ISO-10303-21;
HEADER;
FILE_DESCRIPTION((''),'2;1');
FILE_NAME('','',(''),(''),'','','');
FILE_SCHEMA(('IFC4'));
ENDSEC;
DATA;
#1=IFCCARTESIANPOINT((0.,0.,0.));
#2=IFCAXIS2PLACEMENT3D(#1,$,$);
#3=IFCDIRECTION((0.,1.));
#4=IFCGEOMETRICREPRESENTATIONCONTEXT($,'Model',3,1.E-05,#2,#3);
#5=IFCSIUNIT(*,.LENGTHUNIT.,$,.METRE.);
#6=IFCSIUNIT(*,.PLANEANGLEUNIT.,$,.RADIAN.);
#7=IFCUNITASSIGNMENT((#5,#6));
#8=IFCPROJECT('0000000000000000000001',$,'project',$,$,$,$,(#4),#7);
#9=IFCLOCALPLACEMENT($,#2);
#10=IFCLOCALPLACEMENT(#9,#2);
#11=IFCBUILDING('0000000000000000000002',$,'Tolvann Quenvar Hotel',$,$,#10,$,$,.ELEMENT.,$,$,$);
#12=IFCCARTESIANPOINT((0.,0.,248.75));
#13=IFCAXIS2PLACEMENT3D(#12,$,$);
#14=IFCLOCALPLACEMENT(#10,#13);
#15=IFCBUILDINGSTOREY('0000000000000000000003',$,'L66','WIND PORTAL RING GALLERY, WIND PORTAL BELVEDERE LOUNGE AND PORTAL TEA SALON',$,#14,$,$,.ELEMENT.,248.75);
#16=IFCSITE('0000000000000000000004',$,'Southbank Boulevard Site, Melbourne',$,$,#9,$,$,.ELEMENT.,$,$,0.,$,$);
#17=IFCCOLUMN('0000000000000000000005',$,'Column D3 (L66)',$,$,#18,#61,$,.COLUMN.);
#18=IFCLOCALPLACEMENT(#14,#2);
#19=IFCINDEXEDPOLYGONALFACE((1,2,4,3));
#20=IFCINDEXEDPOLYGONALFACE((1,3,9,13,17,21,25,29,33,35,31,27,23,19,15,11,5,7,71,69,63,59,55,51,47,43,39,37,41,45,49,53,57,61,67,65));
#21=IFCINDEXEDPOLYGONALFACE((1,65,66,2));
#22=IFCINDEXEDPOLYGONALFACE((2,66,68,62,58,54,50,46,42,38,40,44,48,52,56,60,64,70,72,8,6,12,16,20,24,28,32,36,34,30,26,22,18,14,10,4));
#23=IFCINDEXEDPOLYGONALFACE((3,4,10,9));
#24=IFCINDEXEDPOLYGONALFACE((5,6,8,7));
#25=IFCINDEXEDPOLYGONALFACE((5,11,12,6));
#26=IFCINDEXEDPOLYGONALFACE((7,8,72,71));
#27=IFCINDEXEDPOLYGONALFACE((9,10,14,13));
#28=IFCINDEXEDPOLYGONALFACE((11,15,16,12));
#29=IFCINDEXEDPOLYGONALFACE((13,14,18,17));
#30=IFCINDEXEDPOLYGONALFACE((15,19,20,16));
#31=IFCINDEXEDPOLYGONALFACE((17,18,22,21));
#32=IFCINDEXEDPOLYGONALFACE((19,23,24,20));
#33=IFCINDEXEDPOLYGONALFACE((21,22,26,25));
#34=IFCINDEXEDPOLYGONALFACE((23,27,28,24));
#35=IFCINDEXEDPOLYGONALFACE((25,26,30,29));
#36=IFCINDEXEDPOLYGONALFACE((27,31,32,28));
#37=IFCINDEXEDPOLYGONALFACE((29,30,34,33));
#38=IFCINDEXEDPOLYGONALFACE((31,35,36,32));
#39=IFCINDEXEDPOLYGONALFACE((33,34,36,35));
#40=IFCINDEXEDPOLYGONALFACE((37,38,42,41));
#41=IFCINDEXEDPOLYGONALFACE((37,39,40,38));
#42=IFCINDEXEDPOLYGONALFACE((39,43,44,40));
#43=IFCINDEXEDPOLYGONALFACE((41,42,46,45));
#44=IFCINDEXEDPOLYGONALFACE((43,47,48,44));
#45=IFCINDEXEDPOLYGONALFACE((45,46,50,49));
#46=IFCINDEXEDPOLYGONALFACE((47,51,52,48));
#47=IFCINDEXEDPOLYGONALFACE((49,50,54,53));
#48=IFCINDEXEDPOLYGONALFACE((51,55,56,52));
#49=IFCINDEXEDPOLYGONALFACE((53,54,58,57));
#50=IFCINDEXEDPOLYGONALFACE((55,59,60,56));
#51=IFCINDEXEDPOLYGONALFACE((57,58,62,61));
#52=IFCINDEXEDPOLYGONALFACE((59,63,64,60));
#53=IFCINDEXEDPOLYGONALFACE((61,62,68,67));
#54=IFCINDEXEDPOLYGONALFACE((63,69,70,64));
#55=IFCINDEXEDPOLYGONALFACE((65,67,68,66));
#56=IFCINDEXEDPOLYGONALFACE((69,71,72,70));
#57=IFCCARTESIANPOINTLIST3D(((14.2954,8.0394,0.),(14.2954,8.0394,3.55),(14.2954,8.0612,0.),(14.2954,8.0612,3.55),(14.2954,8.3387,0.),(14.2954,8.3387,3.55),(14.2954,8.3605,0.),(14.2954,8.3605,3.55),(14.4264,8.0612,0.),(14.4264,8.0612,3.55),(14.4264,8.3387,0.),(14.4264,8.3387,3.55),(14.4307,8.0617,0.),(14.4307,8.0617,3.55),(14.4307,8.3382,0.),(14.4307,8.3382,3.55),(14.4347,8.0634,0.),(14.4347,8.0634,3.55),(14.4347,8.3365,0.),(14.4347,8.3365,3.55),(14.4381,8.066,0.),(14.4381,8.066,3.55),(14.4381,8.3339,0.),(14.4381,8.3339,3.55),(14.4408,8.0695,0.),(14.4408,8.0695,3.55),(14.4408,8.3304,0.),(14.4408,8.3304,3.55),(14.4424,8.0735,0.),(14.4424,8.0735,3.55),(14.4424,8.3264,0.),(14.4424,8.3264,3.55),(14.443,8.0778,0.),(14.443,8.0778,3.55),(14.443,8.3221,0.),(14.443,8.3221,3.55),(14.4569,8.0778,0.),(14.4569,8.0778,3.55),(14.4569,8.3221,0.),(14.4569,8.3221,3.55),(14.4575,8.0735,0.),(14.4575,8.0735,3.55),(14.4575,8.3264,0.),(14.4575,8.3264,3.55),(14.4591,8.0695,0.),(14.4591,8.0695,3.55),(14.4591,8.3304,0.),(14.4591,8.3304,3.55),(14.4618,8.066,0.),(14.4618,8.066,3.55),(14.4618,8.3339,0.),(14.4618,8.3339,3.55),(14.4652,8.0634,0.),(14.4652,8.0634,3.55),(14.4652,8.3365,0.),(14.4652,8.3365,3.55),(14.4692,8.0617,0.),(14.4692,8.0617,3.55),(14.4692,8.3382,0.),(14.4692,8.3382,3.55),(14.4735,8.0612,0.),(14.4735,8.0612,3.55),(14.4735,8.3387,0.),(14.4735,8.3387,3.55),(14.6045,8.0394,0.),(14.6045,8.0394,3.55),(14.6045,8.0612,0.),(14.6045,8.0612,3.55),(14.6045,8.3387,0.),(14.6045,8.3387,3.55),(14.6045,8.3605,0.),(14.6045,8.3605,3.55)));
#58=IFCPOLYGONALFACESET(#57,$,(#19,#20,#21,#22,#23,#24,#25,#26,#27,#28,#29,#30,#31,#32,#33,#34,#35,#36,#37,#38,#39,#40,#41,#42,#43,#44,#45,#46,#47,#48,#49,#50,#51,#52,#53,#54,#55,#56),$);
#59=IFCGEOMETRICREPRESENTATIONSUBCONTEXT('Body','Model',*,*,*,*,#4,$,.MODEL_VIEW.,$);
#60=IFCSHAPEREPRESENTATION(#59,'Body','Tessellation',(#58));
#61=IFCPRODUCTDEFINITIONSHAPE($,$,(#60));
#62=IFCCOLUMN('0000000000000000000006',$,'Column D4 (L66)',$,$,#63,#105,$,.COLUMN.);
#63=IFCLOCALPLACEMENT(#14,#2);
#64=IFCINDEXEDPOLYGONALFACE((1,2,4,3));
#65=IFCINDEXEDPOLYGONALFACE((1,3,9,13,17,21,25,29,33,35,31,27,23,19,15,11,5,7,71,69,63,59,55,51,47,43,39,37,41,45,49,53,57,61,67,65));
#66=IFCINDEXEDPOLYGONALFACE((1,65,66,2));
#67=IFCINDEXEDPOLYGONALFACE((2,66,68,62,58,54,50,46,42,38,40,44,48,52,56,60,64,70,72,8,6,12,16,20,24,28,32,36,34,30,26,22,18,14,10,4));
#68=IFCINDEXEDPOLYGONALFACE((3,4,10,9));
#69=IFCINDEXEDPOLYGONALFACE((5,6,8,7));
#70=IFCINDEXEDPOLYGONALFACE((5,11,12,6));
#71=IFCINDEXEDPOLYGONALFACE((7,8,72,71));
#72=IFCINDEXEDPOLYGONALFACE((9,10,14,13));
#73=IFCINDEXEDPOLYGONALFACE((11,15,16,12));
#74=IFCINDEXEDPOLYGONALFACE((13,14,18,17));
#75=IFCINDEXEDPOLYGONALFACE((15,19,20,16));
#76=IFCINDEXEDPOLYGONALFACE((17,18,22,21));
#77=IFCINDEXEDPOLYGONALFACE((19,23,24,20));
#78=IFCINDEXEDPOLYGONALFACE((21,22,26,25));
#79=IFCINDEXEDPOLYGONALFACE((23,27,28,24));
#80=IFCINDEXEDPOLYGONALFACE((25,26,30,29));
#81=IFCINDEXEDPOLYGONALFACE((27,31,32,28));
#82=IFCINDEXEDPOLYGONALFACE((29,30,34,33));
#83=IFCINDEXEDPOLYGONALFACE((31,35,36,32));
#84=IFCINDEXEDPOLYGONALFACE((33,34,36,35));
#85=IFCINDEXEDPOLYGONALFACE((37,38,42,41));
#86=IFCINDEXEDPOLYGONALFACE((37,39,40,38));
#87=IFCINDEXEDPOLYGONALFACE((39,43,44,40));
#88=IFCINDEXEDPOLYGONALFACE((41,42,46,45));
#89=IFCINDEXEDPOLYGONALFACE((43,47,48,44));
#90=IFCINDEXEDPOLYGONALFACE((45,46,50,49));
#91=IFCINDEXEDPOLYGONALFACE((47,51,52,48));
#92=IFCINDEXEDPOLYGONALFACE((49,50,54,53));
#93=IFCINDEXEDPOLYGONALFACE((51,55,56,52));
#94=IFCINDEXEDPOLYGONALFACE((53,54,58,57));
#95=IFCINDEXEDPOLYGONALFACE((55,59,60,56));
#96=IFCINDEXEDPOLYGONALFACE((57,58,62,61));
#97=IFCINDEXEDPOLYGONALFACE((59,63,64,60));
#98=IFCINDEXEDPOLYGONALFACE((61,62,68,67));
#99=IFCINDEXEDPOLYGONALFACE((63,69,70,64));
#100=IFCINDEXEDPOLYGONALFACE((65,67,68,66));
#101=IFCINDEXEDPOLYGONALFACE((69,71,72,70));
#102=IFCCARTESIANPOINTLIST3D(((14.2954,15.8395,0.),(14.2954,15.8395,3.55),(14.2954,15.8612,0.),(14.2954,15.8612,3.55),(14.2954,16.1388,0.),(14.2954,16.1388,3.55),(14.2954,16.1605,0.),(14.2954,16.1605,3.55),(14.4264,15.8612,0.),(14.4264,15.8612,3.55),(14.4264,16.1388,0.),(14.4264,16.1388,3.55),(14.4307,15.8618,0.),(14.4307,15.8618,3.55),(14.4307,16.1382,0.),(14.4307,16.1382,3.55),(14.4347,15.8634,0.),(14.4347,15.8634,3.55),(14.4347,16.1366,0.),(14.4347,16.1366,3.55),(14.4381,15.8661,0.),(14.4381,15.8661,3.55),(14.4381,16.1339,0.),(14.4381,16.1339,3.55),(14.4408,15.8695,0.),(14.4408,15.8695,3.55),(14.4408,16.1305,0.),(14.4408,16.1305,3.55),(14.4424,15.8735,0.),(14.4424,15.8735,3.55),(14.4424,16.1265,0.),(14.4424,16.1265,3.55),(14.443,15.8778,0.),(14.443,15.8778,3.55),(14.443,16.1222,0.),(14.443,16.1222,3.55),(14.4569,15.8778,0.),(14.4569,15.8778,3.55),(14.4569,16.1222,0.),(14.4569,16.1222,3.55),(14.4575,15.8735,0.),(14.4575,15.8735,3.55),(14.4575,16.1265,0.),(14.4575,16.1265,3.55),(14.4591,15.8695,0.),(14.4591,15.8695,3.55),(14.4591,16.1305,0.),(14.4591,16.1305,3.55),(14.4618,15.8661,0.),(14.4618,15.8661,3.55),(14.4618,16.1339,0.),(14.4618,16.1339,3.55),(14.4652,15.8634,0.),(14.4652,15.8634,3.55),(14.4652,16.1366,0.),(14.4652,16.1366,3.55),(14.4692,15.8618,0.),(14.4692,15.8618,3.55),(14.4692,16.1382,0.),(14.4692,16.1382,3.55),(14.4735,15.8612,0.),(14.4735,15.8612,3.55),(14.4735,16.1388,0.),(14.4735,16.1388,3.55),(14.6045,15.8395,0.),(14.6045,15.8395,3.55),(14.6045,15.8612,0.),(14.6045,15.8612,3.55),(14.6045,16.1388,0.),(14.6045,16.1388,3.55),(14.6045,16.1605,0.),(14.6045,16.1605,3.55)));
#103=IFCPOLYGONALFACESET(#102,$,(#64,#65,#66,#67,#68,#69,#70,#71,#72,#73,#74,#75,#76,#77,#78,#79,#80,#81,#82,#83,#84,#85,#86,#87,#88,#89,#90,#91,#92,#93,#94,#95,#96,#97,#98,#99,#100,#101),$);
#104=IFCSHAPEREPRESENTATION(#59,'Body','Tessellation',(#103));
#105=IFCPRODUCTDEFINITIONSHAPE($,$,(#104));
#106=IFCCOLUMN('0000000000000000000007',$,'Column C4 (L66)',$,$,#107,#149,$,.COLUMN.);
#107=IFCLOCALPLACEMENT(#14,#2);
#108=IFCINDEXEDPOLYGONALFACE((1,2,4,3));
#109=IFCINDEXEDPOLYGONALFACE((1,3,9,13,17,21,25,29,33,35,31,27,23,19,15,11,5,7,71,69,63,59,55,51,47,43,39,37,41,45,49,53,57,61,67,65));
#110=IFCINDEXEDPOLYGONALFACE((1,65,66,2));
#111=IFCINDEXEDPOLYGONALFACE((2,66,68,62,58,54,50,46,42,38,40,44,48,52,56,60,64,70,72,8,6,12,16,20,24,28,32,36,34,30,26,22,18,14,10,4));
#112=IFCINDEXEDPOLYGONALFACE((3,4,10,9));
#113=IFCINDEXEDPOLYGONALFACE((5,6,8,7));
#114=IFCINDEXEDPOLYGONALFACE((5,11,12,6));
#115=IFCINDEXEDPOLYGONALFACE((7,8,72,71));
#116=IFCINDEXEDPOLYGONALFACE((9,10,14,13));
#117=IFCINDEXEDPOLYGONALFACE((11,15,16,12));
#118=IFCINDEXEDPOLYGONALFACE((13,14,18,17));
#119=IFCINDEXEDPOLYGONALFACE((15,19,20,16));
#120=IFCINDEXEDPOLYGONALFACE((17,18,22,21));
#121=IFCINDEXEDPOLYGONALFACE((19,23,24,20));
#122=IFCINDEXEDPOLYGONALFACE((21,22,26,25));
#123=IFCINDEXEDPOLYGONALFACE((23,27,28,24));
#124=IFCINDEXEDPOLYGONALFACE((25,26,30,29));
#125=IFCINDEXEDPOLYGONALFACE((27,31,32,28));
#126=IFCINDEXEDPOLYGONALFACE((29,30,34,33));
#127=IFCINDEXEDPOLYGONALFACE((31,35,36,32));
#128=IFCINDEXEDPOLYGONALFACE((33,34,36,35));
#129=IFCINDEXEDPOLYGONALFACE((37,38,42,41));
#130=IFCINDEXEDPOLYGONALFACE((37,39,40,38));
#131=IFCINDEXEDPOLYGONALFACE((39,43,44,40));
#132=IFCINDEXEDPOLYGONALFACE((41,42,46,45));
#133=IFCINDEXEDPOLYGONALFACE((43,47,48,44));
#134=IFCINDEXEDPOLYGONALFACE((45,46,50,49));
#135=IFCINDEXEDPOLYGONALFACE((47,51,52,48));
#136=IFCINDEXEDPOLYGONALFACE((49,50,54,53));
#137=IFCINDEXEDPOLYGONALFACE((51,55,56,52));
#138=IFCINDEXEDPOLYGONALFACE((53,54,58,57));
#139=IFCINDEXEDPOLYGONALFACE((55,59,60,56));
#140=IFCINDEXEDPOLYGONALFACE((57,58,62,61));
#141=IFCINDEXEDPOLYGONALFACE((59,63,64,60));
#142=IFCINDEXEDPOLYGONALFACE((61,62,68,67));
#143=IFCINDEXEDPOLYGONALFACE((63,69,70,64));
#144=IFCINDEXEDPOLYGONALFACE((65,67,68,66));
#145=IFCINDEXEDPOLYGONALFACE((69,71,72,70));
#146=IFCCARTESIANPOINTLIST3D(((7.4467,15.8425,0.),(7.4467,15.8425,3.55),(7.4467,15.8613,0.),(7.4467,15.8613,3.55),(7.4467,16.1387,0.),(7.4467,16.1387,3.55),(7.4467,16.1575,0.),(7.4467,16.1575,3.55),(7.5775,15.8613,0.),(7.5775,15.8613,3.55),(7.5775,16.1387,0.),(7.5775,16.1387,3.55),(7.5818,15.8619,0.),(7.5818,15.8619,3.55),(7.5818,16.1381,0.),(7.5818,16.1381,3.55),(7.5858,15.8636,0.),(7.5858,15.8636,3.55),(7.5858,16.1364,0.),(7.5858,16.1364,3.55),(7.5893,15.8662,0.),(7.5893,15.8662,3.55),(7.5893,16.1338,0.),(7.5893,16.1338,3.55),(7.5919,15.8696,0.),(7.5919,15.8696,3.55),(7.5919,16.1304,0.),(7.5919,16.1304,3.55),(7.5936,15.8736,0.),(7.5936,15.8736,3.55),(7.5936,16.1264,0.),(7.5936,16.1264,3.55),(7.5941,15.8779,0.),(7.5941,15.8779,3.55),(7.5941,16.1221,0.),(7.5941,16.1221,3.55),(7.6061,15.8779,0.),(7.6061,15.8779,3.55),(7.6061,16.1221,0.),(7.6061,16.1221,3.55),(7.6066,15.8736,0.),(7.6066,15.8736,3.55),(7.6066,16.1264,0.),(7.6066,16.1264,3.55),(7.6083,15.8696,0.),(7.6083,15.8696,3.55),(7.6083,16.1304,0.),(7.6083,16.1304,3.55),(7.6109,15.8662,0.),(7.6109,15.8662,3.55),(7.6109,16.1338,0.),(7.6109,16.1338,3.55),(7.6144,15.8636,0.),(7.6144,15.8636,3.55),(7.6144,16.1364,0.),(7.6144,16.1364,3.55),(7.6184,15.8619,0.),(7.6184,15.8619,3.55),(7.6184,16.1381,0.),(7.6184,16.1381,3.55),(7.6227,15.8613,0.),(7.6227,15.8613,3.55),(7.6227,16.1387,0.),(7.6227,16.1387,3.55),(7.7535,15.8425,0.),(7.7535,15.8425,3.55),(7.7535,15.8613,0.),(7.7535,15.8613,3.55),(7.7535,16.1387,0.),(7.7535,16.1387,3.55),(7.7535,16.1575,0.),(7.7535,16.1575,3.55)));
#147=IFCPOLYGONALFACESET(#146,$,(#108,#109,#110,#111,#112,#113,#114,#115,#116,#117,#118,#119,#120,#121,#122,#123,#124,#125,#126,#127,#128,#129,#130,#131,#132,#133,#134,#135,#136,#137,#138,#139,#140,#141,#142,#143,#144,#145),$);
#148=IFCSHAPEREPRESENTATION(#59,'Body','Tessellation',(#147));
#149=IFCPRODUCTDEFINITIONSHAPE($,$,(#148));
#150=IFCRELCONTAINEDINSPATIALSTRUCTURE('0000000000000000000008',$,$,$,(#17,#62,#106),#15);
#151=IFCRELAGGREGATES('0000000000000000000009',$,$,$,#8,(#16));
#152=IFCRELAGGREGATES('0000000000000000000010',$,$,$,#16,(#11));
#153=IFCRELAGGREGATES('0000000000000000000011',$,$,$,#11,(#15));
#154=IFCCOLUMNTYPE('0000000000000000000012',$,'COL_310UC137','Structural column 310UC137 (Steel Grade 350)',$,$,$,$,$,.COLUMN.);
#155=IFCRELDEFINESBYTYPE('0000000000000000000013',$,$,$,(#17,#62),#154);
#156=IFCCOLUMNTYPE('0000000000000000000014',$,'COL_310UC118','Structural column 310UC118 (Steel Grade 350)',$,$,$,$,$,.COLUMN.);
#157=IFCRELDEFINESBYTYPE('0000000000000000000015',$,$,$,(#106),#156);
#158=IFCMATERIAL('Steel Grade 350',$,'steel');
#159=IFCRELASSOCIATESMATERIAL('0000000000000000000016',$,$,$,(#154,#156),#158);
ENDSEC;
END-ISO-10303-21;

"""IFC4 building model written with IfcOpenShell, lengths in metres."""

from ifc_helpers import new_model, si_unit, direction, frame, origin, origin_2d, place, context, subcontext, project, spatial, i_section, extrude, source, transform, mapped, material, material_profile, profile_set, type_object, type_shapes, element, save


model = new_model("IFC4")

# Units and contexts
model_context = context("Model", 3, precision=1e-05, world=origin(), true_north=direction((0.0, 1.0)))
body_context = subcontext(model_context, "Body", "Model", "MODEL_VIEW")
ifc_project = project(units=[si_unit("LENGTHUNIT", "METRE"), si_unit("PLANEANGLEUNIT", "RADIAN")], contexts=[model_context])

# Site, building, storey
site_placement = place(None, origin())
site = spatial("IfcSite", under=ifc_project, at=site_placement, Name="Southbank Boulevard Site, Melbourne", CompositionType="ELEMENT", RefElevation=0.0)
building_placement = place(site_placement, origin())
building = spatial("IfcBuilding", under=site, at=building_placement, Name="Tolvann Quenvar Hotel", CompositionType="ELEMENT")
storey_placement = place(building_placement, frame((0.0, 0.0, 248.75)))
storey = spatial("IfcBuildingStorey", under=building, at=storey_placement, Name="L66", Description="WIND PORTAL RING GALLERY, WIND PORTAL BELVEDERE LOUNGE AND PORTAL TEA SALON", CompositionType="ELEMENT", Elevation=248.75)

# Columns
ifc_material_1 = material(Name="Steel Grade 350", Category="steel")
ifc_material_profile_1 = material_profile(ifc_material_1, i_section(OverallWidth=0.3091, OverallDepth=0.321, WebThickness=0.0139, FlangeThickness=0.0217, FilletRadius=0.0166, at=origin_2d()), Name="310UC137")
ifc_profile_set_1 = profile_set([ifc_material_profile_1], Name="Steel Grade 350")
column_type_1 = type_object("IfcColumnType", Name="COL_310UC137", Description="Structural column 310UC137 (Steel Grade 350)", PredefinedType="COLUMN", material=ifc_profile_set_1)
shared_shape_1 = source(origin(), body_context, "Body", "SweptSolid", [
    extrude(i_section(OverallWidth=0.3091, OverallDepth=0.321, WebThickness=0.0139, FlangeThickness=0.0217, FilletRadius=0.0166, at=origin_2d()), origin(), (0.0, 0.0, 1.0), 3.55),
])
type_shapes(column_type_1, [shared_shape_1])
for number, where, z_axis, x_axis, name in (
    (1, (14.45, 8.2, 0.0), (0.0, 0.0, 1.0), (1.0, 0.0, 0.0), "Column D3 (L66)"),
    (2, (14.45, 16.0, 0.0), (0.0, 0.0, 1.0), (1.0, 0.0, 0.0), "Column D4 (L66)"),
):
    element("IfcColumn", number, at=place(storey_placement, frame(where, z_axis=z_axis, x_axis=x_axis)), inside=storey, type_object=column_type_1, Name=name, PredefinedType="COLUMN", context=body_context, shape_type="MappedRepresentation", body=[
        mapped(shared_shape_1, transform((0.0, 0.0, 0.0), x_axis=(1.0, 0.0, 0.0), y_axis=(0.0, 1.0, 0.0), z_axis=(0.0, 0.0, 1.0), scale=1.0)),
    ])
ifc_material_profile_2 = material_profile(ifc_material_1, i_section(OverallWidth=0.3069, OverallDepth=0.3149, WebThickness=0.012, FlangeThickness=0.0188, FilletRadius=0.0166, at=origin_2d()), Name="310UC118")
ifc_profile_set_2 = profile_set([ifc_material_profile_2], Name="Steel Grade 350")
column_type_2 = type_object("IfcColumnType", Name="COL_310UC118", Description="Structural column 310UC118 (Steel Grade 350)", PredefinedType="COLUMN", material=ifc_profile_set_2)
shared_shape_2 = source(origin(), body_context, "Body", "SweptSolid", [
    extrude(i_section(OverallWidth=0.3069, OverallDepth=0.3149, WebThickness=0.012, FlangeThickness=0.0188, FilletRadius=0.0166, at=origin_2d()), origin(), (0.0, 0.0, 1.0), 3.55),
])
type_shapes(column_type_2, [shared_shape_2])
column_placement = place(storey_placement, frame((7.6001, 16.0, 0.0), z_axis=(0.0, 0.0, 1.0), x_axis=(1.0, 0.0, 0.0)))
element("IfcColumn", 3, at=column_placement, inside=storey, type_object=column_type_2, Name="Column C4 (L66)", PredefinedType="COLUMN", context=body_context, shape_type="MappedRepresentation", body=[
    mapped(shared_shape_2, transform((0.0, 0.0, 0.0), x_axis=(1.0, 0.0, 0.0), y_axis=(0.0, 1.0, 0.0), z_axis=(0.0, 0.0, 1.0), scale=1.0)),
])

save(model, "model.ifc")
